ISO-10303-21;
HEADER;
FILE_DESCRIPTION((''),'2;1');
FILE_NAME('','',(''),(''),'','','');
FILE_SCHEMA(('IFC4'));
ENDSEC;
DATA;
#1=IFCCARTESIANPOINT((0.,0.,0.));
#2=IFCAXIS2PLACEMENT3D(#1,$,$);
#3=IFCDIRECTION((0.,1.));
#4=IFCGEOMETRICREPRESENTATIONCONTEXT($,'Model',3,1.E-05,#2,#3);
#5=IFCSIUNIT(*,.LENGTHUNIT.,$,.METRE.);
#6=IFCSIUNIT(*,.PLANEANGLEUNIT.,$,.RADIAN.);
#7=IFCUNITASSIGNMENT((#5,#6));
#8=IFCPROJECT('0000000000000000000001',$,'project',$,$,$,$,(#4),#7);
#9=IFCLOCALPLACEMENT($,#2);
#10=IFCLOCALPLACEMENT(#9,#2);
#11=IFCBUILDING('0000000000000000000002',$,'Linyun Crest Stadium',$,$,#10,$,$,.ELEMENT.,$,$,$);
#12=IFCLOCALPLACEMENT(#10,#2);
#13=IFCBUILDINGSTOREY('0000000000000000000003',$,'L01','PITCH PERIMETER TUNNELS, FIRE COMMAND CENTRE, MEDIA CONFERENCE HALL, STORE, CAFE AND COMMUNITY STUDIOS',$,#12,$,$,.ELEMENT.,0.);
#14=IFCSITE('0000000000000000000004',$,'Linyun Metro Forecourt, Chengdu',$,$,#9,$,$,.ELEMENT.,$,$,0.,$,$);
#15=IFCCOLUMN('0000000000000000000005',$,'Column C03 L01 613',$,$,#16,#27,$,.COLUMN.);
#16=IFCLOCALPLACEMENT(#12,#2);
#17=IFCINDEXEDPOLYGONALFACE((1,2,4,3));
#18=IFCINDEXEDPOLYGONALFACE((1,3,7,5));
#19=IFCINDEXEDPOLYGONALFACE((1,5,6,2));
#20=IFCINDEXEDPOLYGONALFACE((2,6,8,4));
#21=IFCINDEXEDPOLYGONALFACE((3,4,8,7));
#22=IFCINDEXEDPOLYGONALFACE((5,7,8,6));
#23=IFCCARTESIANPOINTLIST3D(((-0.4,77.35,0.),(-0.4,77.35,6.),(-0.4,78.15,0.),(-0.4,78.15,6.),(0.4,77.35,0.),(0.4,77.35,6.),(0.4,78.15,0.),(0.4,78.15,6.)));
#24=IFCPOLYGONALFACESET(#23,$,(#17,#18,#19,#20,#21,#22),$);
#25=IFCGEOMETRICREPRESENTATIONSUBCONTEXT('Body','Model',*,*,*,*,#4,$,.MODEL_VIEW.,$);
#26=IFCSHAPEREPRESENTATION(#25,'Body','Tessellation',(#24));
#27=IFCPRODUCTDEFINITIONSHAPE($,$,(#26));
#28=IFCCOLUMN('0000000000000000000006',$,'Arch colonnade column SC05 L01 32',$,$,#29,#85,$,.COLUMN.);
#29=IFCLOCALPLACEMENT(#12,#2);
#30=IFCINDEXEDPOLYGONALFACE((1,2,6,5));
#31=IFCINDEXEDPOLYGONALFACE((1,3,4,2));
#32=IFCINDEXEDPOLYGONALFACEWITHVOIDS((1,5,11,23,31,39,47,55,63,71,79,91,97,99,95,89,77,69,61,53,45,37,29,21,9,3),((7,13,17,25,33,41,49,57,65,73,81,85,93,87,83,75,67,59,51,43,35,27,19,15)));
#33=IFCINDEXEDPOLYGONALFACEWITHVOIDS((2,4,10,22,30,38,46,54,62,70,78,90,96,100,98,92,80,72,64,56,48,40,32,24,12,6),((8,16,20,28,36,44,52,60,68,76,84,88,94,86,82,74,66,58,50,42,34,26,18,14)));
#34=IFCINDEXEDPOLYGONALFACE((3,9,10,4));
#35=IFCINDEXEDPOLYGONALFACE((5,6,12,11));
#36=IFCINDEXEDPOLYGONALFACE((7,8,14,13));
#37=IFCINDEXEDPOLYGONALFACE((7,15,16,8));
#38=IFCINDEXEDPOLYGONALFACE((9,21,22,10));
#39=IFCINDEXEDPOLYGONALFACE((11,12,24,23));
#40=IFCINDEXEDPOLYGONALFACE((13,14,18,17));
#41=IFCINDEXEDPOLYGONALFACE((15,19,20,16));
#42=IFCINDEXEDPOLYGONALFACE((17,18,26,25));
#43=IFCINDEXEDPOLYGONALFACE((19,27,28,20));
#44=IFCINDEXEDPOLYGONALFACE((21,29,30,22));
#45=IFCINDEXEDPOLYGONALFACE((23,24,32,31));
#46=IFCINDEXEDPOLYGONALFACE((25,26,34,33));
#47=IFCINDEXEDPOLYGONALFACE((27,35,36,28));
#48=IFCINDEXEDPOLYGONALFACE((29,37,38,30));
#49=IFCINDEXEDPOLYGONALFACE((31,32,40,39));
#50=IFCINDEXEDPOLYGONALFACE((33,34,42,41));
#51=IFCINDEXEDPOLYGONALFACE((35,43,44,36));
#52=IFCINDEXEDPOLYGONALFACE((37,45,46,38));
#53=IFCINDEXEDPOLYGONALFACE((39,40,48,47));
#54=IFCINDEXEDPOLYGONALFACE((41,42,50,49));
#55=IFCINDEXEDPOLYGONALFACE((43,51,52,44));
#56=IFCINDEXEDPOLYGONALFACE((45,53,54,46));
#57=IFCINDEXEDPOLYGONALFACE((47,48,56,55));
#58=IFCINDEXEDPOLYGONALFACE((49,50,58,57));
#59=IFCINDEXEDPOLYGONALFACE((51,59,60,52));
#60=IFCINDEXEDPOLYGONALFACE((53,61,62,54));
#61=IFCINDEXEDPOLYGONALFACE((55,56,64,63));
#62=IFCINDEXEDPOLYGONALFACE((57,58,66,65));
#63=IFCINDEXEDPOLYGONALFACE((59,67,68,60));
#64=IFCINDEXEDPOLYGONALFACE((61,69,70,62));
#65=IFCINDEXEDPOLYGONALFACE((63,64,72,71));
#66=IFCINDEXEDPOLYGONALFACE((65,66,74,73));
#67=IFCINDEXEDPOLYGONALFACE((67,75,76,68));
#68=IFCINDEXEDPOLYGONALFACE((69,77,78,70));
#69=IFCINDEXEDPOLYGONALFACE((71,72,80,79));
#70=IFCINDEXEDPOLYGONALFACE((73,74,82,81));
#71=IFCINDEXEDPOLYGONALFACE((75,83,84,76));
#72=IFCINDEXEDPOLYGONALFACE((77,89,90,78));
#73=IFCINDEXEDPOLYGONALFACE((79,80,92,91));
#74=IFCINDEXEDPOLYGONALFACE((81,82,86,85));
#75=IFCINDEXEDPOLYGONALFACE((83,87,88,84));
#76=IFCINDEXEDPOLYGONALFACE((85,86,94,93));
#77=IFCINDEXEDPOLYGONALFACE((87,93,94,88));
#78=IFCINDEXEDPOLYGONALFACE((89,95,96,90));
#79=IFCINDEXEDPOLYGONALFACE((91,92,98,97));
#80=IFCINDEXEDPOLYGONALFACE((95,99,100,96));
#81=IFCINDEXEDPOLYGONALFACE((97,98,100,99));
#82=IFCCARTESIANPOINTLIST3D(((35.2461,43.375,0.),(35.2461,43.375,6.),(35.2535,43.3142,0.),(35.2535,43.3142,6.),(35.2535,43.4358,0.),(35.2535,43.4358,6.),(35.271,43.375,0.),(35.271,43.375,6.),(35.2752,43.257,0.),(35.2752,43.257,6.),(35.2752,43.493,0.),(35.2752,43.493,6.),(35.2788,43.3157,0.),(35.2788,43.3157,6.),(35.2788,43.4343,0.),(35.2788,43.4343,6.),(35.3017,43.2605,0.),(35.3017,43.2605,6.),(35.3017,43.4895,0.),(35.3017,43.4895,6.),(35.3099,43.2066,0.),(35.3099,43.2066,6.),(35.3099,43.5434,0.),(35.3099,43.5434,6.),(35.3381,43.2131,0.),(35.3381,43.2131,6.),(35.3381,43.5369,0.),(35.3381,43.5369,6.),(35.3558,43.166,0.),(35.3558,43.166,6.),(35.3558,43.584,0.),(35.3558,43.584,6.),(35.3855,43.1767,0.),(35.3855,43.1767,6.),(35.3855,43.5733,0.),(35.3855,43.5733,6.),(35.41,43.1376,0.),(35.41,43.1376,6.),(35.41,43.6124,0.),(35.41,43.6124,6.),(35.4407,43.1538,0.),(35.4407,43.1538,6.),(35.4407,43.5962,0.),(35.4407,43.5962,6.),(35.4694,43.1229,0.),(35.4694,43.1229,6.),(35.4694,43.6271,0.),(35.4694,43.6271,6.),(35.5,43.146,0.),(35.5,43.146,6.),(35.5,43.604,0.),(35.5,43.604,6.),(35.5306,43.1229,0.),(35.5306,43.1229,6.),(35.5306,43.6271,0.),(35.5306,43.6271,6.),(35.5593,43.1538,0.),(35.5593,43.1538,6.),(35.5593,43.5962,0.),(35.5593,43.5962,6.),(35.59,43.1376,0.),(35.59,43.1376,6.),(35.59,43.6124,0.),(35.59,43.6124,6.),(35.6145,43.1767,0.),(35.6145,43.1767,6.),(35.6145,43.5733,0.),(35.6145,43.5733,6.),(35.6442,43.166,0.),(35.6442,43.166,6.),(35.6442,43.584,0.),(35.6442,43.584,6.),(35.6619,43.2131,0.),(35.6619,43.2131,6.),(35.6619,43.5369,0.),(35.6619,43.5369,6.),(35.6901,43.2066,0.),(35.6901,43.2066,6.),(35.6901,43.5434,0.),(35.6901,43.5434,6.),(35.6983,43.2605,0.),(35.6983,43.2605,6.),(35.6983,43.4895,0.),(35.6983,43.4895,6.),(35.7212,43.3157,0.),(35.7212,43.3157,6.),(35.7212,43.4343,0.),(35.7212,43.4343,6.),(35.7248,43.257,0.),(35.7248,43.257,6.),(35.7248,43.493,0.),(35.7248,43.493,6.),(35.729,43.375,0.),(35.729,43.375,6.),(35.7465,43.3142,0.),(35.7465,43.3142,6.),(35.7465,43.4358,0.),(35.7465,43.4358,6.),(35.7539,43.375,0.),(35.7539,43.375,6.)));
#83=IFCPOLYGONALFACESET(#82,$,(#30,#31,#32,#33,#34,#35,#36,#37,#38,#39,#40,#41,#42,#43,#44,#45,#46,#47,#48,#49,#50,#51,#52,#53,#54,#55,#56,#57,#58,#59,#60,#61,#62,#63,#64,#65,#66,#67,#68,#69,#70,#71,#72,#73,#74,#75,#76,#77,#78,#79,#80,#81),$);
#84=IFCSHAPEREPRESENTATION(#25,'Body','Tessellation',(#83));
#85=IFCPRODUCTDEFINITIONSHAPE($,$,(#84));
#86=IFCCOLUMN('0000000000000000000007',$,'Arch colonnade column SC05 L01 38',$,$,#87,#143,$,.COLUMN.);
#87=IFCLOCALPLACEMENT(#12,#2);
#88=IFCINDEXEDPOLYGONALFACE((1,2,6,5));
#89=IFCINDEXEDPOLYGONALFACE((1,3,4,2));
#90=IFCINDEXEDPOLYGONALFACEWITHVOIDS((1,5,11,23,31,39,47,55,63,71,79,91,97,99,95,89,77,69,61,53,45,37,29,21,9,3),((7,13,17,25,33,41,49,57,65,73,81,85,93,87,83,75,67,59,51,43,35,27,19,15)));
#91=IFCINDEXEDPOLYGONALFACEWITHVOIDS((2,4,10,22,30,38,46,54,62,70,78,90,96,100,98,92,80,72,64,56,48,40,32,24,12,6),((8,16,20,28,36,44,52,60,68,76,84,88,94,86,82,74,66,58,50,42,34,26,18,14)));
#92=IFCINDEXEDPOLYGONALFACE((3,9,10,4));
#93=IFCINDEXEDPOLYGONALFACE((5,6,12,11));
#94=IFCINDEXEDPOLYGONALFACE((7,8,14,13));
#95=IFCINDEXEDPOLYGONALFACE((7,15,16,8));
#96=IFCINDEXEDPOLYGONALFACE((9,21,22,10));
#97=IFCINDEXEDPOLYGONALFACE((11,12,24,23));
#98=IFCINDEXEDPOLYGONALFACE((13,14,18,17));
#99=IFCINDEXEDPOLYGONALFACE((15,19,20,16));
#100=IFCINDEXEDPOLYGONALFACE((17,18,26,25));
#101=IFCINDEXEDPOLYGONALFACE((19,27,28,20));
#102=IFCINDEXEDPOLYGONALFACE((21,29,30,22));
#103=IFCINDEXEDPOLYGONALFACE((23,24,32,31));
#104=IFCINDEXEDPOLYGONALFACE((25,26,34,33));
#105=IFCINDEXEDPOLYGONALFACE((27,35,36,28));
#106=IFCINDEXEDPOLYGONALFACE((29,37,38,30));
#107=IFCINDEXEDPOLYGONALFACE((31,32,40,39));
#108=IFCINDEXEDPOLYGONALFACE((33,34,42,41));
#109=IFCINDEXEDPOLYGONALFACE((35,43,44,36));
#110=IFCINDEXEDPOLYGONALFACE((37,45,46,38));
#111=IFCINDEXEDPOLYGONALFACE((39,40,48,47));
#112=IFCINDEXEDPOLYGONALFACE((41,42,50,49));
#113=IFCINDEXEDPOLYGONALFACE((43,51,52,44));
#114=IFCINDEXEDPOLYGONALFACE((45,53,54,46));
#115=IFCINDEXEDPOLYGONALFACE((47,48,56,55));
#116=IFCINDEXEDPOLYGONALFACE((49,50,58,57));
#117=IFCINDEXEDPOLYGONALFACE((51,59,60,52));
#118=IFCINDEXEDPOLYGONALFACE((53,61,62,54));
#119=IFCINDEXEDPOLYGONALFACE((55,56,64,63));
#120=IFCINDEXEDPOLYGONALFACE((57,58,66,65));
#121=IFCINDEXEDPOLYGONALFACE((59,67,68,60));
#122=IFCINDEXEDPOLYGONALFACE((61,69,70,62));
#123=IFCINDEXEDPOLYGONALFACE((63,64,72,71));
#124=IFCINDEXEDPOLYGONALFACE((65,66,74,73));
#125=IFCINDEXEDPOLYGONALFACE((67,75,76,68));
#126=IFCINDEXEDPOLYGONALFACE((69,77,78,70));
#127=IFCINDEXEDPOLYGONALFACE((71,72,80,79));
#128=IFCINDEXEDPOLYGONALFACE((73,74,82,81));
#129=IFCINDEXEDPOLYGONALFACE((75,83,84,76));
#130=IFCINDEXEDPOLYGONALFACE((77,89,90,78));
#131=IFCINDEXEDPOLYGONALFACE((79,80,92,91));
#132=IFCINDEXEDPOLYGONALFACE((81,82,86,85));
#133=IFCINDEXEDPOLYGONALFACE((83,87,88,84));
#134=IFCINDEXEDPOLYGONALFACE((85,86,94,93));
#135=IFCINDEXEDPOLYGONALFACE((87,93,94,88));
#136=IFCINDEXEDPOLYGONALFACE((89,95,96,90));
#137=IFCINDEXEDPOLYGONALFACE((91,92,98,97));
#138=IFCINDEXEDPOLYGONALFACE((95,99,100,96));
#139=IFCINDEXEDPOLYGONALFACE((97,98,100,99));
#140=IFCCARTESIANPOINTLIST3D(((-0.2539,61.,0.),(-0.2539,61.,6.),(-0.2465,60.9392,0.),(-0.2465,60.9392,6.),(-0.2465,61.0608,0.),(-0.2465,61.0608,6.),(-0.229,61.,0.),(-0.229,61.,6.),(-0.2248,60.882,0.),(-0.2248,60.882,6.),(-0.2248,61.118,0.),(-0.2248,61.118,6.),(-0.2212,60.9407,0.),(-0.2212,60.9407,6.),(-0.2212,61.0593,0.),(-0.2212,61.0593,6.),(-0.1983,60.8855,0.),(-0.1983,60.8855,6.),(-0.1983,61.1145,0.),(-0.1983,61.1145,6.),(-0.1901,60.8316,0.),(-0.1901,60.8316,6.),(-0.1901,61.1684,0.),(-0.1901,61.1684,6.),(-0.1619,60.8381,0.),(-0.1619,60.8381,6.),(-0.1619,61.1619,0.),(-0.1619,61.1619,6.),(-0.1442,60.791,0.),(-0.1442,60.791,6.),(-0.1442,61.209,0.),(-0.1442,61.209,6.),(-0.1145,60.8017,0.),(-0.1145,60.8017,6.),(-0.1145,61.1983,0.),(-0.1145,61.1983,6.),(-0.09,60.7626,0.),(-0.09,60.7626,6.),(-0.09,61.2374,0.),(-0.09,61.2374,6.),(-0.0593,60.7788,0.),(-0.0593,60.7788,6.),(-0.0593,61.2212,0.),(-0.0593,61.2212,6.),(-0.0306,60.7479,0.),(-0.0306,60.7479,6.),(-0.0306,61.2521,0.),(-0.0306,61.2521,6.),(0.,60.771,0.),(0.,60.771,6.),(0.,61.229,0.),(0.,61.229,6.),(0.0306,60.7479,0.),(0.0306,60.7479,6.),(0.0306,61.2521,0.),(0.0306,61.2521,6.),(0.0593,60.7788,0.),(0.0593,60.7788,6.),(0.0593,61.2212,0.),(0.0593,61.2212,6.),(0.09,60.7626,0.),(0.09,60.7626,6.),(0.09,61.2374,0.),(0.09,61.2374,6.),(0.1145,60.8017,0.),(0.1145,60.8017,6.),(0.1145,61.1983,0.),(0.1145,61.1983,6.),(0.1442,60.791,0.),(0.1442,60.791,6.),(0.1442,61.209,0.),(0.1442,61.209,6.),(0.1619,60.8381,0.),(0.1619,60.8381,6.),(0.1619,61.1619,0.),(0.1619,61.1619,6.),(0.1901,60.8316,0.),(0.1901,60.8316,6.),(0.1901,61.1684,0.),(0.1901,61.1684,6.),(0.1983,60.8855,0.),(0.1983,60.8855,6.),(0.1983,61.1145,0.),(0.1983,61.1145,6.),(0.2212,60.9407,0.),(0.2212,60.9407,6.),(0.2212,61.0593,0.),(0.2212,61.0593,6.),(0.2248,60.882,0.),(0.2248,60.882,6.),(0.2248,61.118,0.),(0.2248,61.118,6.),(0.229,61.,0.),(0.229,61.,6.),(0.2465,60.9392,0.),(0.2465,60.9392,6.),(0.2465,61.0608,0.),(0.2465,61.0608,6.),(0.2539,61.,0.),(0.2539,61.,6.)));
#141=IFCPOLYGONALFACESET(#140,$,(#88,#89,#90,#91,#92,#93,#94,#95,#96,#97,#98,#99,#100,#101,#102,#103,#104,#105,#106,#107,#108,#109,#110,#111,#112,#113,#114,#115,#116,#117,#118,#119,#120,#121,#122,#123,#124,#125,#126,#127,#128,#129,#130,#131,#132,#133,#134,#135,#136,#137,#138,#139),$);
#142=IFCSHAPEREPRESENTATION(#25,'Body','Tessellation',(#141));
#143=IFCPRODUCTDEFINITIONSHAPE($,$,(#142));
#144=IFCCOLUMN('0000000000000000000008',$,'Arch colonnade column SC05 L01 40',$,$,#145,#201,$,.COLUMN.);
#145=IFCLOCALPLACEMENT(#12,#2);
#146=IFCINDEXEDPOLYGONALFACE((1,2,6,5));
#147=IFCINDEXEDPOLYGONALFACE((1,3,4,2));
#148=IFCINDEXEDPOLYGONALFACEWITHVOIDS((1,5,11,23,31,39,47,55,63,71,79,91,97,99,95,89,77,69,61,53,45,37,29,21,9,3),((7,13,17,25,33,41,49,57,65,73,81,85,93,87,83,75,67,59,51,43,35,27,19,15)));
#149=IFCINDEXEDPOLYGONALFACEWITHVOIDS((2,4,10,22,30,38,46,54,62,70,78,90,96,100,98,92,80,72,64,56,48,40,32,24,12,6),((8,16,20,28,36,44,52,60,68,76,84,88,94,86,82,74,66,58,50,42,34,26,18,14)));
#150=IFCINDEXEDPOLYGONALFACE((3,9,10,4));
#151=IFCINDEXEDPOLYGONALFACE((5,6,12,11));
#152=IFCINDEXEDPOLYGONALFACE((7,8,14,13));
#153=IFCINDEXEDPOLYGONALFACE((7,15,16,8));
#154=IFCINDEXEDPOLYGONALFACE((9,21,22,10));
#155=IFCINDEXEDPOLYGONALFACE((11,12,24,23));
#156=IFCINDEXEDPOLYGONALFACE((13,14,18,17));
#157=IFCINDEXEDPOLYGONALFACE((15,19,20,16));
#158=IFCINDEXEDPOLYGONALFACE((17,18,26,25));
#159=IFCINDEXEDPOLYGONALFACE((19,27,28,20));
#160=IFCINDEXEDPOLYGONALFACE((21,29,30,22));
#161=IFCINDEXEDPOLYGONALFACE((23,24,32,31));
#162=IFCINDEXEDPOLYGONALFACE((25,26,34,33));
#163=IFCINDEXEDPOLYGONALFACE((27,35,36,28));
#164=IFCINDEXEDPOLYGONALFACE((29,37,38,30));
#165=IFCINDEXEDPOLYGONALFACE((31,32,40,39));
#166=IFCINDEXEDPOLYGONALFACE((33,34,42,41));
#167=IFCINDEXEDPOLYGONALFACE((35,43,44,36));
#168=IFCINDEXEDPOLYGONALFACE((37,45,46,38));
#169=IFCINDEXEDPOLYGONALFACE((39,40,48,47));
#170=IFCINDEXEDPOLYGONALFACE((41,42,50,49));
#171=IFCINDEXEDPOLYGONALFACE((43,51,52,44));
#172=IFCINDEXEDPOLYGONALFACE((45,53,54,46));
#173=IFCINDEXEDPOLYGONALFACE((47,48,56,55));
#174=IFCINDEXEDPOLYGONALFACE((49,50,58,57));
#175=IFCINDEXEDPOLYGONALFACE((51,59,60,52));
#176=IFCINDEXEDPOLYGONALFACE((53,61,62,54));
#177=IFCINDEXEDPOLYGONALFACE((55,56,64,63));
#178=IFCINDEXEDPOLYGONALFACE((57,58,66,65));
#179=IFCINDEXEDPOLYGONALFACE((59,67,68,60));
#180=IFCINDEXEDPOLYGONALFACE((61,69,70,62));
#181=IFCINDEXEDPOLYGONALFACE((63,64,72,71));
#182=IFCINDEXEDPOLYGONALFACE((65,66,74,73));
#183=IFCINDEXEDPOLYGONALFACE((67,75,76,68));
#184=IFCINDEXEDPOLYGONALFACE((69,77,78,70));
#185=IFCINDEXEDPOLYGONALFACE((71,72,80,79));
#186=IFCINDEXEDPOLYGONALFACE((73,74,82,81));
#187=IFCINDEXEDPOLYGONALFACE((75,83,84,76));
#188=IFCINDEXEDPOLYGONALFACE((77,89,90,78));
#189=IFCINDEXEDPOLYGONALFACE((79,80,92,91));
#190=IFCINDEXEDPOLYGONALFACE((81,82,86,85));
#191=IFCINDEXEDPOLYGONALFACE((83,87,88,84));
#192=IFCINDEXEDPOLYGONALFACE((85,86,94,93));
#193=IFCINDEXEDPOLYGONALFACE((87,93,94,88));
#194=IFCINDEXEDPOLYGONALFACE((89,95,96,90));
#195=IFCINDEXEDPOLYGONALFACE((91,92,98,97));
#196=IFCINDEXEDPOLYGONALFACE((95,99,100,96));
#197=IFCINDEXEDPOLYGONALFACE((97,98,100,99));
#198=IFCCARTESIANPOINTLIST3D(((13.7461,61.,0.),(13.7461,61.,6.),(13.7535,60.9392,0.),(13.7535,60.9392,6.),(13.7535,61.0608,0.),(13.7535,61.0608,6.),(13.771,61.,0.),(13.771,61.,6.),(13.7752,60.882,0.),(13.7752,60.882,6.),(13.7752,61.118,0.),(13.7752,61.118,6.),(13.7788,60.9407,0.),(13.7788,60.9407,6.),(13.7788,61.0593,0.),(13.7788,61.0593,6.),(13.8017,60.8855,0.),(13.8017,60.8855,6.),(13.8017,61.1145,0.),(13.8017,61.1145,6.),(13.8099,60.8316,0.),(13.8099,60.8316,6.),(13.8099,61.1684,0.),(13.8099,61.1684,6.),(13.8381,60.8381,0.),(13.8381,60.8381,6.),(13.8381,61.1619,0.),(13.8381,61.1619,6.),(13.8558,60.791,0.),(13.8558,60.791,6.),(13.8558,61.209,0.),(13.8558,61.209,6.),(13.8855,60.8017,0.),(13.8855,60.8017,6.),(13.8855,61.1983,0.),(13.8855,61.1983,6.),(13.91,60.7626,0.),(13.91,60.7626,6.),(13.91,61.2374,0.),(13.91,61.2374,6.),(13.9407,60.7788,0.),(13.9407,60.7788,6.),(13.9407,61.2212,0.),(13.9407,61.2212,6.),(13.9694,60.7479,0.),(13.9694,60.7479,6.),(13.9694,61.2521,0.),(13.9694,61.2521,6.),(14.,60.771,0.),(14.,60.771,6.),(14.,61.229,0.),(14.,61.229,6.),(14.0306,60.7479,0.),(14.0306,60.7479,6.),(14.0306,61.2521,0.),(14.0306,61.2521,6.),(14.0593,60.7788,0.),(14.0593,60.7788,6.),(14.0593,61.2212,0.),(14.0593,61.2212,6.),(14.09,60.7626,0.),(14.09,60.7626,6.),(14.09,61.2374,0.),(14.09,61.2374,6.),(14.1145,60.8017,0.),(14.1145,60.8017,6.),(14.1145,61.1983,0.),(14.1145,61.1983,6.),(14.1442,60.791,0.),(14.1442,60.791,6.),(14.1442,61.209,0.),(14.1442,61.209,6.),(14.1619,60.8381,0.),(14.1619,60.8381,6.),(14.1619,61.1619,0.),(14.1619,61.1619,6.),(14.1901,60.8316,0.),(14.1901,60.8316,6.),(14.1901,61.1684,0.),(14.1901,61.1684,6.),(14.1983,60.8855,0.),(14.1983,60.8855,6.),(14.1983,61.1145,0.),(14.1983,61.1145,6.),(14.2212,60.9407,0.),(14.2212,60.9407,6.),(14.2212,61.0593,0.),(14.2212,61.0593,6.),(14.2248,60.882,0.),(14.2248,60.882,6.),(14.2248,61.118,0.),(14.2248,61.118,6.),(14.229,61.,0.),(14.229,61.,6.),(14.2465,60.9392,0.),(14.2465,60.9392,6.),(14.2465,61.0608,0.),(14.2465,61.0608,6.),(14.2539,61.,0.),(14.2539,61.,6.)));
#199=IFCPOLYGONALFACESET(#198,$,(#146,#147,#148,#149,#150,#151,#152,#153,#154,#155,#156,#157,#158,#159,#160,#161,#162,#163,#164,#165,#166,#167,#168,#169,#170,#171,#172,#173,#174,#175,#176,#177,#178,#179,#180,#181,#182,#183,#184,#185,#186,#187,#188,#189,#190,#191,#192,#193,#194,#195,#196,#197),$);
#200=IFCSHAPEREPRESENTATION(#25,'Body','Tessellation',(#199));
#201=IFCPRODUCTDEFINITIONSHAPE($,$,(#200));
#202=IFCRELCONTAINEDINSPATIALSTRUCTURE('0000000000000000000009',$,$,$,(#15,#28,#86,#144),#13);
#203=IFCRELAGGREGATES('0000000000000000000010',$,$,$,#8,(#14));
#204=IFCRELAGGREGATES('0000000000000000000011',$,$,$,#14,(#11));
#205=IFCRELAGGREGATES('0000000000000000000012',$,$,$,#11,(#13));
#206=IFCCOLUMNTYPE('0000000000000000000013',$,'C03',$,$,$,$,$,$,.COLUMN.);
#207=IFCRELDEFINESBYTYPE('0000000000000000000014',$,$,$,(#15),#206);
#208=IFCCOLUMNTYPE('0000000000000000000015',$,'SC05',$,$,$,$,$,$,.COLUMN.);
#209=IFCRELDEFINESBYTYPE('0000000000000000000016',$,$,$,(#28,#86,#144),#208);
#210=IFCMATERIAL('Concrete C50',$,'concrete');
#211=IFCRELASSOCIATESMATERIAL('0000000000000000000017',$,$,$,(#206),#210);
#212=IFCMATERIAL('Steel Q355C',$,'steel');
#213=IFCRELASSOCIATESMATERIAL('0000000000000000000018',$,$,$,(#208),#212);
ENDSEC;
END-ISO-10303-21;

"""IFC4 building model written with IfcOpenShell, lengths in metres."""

from ifc_helpers import new_model, si_unit, direction, frame, origin, origin_2d, place, context, subcontext, project, spatial, rectangle, hollow_circle, extrude, material, material_profile, profile_set, type_object, element, save


model = new_model("IFC4")

# Units and contexts
model_context = context("Model", 3, precision=1e-05, world=origin(), true_north=direction((0.0, 1.0)))
body_context = subcontext(model_context, "Body", "Model", "MODEL_VIEW")
ifc_project = project(units=[si_unit("LENGTHUNIT", "METRE"), si_unit("PLANEANGLEUNIT", "RADIAN")], contexts=[model_context])

# Site, building, storey
site_placement = place(None, origin())
site = spatial("IfcSite", under=ifc_project, at=site_placement, Name="Linyun Metro Forecourt, Chengdu", CompositionType="ELEMENT", RefElevation=0.0)
building_placement = place(site_placement, origin())
building = spatial("IfcBuilding", under=site, at=building_placement, Name="Linyun Crest Stadium", CompositionType="ELEMENT")
storey_placement = place(building_placement, origin())
storey = spatial("IfcBuildingStorey", under=building, at=storey_placement, Name="L01", Description="PITCH PERIMETER TUNNELS, FIRE COMMAND CENTRE, MEDIA CONFERENCE HALL, STORE, CAFE AND COMMUNITY STUDIOS", CompositionType="ELEMENT", Elevation=0.0)

# Columns
ifc_material_1 = material(Name="Concrete C50", Category="concrete")
ifc_material_profile_1 = material_profile(ifc_material_1, rectangle(XDim=0.8, YDim=0.8, at=origin_2d()), Name="RC 800x800")
ifc_profile_set_1 = profile_set([ifc_material_profile_1], Name="Concrete C50")
column_type_1 = type_object("IfcColumnType", Name="C03", PredefinedType="COLUMN", material=ifc_profile_set_1)
column_placement = place(storey_placement, frame((0.0, 77.75, 0.0), z_axis=(0.0, 0.0, 1.0), x_axis=(1.0, 0.0, 0.0)))
element("IfcColumn", 1, at=column_placement, inside=storey, type_object=column_type_1, Name="Column C03 L01 613", PredefinedType="COLUMN", context=body_context, shape_type="SweptSolid", body=[
    extrude(rectangle(XDim=0.8, YDim=0.8, at=origin_2d()), origin(), (0.0, 0.0, 1.0), 6.0),
])
ifc_material_2 = material(Name="Steel Q355C", Category="steel")
ifc_material_profile_2 = material_profile(ifc_material_2, hollow_circle(Radius=0.2539, WallThickness=0.0249, at=origin_2d()), Name="CHS 508x25")
ifc_profile_set_2 = profile_set([ifc_material_profile_2], Name="Steel Q355C")
column_type_2 = type_object("IfcColumnType", Name="SC05", PredefinedType="COLUMN", material=ifc_profile_set_2)
for number, where, z_axis, x_axis, name in (
    (2, (35.5, 43.375, 0.0), (0.0, 0.0, 1.0), (1.0, 0.0, 0.0), "Arch colonnade column SC05 L01 32"),
    (3, (0.0, 61.0, 0.0), (0.0, 0.0, 1.0), (1.0, 0.0, 0.0), "Arch colonnade column SC05 L01 38"),
    (4, (14.0, 61.0, 0.0), (0.0, 0.0, 1.0), (1.0, 0.0, 0.0), "Arch colonnade column SC05 L01 40"),
):
    element("IfcColumn", number, at=place(storey_placement, frame(where, z_axis=z_axis, x_axis=x_axis)), inside=storey, type_object=column_type_2, Name=name, PredefinedType="COLUMN", context=body_context, shape_type="SweptSolid", body=[
        extrude(hollow_circle(Radius=0.2539, WallThickness=0.0249, at=origin_2d()), origin(), (0.0, 0.0, 1.0), 6.0),
    ])

save(model, "model.ifc")
